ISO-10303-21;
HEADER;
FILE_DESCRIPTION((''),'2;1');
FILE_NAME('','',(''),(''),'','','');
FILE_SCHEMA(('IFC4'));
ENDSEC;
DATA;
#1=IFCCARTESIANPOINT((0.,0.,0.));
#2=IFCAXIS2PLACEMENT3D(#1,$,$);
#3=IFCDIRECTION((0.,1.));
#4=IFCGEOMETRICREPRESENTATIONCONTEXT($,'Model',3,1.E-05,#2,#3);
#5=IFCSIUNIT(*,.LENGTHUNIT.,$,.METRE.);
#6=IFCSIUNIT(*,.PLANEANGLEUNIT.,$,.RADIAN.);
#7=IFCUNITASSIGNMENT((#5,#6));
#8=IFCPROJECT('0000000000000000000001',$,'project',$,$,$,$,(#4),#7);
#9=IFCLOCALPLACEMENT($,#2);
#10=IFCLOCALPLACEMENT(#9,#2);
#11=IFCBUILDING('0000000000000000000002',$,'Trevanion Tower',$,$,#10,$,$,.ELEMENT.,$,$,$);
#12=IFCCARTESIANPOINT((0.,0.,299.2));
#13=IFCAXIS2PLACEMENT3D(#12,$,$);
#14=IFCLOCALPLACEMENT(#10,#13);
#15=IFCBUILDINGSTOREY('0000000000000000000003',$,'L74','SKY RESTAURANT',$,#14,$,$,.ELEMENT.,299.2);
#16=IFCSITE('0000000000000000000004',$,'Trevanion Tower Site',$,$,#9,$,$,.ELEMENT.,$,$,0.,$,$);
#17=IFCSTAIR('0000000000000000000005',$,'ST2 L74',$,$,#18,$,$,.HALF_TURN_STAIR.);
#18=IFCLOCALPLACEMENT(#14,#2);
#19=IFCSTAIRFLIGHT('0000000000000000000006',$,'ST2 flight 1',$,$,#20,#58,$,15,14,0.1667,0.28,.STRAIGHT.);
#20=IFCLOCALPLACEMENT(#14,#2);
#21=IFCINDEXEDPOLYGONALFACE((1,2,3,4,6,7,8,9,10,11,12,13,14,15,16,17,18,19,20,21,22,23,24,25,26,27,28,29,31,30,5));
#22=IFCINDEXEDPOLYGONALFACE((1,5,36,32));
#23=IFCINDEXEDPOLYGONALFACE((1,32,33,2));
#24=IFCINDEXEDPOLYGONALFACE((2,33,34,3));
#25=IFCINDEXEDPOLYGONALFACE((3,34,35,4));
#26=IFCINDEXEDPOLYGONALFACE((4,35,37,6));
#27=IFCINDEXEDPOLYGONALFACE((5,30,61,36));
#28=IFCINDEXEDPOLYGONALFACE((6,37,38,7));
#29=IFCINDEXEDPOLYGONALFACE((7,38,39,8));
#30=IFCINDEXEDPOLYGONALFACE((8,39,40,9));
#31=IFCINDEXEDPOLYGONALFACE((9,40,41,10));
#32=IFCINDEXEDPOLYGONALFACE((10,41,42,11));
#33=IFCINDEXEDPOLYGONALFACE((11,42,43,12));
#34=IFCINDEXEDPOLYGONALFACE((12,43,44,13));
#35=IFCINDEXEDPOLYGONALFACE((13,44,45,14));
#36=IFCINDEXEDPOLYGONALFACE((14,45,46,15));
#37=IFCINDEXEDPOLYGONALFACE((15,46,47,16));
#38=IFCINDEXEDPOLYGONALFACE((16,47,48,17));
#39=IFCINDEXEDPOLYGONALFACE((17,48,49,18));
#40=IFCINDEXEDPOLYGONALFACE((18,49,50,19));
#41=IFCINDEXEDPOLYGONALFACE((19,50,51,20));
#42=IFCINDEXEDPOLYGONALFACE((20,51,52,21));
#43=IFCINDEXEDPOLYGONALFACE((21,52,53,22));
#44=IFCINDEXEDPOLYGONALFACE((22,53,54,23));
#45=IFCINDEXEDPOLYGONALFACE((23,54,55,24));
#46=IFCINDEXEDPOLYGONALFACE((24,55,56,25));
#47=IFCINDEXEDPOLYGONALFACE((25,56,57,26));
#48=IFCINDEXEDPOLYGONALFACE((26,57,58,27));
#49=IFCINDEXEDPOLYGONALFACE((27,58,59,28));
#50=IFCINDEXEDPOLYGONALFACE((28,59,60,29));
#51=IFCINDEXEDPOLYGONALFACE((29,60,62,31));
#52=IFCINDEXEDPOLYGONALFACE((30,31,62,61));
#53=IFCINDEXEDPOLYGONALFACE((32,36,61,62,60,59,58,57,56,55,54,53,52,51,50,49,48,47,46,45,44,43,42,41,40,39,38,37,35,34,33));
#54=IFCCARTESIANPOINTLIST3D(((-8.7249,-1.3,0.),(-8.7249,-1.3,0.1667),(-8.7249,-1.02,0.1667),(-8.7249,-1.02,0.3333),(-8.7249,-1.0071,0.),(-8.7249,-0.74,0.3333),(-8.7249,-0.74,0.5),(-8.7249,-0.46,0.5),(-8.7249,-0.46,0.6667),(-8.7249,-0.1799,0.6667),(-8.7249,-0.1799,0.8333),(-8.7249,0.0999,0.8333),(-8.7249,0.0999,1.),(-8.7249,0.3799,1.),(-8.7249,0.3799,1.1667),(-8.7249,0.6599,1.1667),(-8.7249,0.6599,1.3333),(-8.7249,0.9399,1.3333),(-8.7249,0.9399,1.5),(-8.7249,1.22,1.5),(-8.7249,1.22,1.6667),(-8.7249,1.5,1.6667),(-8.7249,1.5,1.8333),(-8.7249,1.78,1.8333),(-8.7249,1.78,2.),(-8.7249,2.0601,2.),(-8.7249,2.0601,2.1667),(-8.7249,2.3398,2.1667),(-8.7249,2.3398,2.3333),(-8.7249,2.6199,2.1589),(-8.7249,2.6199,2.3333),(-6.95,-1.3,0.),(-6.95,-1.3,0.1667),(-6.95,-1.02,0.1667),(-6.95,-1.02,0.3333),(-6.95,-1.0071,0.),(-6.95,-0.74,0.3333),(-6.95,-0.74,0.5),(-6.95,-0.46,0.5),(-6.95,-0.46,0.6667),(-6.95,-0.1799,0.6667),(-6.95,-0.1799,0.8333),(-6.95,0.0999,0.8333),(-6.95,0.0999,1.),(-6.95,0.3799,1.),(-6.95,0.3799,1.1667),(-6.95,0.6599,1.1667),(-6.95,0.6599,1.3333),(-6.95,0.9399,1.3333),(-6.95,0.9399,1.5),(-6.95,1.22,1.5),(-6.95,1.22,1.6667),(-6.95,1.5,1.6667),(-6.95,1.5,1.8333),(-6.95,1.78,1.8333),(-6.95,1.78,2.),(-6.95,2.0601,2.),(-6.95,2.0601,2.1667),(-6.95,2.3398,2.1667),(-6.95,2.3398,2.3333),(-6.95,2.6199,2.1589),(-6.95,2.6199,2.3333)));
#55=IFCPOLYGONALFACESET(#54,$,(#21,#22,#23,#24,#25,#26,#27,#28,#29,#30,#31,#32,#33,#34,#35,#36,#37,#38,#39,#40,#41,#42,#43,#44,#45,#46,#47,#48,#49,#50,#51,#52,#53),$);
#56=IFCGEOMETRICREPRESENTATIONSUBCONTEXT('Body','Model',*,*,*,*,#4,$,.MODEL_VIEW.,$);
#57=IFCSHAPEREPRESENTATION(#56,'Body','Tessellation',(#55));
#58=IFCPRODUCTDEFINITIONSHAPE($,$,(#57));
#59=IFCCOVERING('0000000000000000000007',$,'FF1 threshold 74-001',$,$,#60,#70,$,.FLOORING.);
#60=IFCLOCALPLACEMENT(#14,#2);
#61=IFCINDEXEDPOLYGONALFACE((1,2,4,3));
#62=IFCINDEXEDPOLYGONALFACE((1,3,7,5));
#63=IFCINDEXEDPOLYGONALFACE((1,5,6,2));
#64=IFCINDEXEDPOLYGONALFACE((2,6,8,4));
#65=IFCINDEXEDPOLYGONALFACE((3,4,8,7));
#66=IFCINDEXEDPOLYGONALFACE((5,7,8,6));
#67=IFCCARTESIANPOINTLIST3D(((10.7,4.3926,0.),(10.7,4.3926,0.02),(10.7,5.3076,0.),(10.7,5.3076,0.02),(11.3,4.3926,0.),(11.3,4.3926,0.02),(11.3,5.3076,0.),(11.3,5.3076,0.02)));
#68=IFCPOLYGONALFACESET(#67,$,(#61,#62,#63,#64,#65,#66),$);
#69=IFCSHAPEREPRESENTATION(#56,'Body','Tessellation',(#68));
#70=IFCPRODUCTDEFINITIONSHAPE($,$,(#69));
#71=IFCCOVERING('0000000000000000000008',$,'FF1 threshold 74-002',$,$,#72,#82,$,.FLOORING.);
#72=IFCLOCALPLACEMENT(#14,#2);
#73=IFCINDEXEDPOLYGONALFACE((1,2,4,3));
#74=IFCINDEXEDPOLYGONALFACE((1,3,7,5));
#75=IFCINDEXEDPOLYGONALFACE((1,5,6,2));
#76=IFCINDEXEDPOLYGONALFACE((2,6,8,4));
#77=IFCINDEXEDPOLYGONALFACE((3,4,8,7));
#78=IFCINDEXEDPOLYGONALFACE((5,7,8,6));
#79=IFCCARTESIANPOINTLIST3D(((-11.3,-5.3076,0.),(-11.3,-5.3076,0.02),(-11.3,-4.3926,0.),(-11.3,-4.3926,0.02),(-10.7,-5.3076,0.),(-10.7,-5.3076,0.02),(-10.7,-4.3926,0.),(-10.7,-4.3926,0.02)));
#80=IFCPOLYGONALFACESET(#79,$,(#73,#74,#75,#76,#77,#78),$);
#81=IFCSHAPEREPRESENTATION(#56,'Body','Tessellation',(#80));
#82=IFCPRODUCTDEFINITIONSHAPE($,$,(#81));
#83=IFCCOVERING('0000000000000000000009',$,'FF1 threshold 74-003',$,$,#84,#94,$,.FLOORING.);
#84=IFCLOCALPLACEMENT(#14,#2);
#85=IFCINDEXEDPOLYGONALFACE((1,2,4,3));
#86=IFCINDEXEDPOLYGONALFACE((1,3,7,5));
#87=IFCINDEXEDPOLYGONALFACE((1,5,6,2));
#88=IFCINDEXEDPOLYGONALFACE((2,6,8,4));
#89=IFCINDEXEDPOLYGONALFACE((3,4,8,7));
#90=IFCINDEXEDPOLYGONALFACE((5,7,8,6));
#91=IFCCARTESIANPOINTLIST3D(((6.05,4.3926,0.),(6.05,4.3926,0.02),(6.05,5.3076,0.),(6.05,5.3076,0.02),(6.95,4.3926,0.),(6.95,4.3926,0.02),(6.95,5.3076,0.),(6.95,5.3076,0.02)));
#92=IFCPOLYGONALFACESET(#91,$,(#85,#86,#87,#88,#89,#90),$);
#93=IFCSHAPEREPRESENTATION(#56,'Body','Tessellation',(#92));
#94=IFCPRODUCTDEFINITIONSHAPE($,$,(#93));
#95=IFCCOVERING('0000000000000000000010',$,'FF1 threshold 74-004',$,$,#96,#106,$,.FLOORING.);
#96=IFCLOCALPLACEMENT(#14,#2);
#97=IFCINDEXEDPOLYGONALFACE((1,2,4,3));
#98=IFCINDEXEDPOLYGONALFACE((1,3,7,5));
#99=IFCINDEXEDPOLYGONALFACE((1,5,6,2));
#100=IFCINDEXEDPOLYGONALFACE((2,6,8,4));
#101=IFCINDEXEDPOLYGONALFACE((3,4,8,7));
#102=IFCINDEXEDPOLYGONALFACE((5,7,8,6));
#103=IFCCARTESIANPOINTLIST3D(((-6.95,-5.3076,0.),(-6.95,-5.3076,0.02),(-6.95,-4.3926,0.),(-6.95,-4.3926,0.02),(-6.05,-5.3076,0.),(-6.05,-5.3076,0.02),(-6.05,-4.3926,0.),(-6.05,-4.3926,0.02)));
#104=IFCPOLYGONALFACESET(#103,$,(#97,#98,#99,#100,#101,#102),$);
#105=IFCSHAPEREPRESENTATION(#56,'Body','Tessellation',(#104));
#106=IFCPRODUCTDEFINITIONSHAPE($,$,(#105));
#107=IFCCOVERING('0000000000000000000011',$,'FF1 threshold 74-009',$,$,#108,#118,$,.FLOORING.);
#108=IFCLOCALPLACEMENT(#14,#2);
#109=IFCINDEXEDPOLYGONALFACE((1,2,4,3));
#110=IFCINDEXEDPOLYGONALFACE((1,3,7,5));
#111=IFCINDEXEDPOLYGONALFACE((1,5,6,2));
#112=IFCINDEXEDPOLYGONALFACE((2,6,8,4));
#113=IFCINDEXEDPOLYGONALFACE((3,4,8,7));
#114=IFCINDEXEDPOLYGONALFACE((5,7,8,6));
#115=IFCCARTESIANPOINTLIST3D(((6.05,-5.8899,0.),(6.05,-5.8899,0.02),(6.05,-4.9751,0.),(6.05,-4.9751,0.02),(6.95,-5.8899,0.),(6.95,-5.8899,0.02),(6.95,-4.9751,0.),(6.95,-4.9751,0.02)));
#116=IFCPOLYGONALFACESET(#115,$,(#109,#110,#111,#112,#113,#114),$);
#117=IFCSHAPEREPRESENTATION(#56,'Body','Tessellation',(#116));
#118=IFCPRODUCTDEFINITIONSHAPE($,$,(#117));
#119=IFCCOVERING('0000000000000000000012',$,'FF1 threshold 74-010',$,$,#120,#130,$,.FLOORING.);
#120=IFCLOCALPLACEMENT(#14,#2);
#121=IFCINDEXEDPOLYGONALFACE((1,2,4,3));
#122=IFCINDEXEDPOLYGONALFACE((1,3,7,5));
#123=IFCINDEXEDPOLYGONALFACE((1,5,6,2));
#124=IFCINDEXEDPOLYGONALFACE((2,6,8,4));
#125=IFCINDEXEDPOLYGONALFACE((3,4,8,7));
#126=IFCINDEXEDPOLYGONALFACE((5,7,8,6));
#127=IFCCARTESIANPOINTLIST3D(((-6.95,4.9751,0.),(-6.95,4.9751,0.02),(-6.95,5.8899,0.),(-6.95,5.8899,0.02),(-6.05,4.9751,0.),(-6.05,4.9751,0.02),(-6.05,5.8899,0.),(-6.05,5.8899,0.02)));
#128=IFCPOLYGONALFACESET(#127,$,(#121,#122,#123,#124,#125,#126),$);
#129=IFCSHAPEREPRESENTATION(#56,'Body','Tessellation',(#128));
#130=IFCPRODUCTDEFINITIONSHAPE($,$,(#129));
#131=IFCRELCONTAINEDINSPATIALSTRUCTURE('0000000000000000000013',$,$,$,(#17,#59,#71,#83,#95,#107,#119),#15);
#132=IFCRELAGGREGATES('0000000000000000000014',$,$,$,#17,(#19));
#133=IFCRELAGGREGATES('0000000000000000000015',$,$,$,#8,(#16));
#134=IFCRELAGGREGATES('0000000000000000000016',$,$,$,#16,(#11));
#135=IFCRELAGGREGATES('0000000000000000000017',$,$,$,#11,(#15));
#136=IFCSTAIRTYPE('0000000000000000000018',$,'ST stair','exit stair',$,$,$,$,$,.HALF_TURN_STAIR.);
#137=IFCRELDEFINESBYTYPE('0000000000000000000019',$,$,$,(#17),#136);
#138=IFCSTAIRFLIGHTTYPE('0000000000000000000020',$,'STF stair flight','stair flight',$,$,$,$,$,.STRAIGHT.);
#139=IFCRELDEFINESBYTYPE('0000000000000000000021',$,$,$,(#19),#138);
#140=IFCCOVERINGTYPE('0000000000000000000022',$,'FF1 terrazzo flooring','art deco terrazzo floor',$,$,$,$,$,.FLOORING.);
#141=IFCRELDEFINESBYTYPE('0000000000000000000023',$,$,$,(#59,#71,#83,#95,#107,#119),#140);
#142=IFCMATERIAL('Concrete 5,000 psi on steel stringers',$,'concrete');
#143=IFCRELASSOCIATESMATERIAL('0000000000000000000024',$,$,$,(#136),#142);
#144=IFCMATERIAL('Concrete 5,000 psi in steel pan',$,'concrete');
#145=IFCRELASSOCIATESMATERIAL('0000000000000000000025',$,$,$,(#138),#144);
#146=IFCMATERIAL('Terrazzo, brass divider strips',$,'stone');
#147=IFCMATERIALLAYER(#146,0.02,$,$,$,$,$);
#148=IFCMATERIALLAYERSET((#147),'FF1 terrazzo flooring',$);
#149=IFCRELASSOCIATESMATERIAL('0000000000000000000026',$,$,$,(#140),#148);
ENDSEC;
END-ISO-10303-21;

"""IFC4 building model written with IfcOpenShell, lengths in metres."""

from ifc_helpers import new_model, si_unit, direction, frame, origin, place, context, subcontext, project, spatial, polyline, outline, extrude, material, layer, layer_set, type_object, element, aggregate, save


model = new_model("IFC4")

# Units and contexts
model_context = context("Model", 3, precision=1e-05, world=origin(), true_north=direction((0.0, 1.0)))
body_context = subcontext(model_context, "Body", "Model", "MODEL_VIEW")
ifc_project = project(units=[si_unit("LENGTHUNIT", "METRE"), si_unit("PLANEANGLEUNIT", "RADIAN")], contexts=[model_context])

# Site, building, storey
site_placement = place(None, origin())
site = spatial("IfcSite", under=ifc_project, at=site_placement, Name="Trevanion Tower Site", CompositionType="ELEMENT", RefElevation=0.0)
building_placement = place(site_placement, origin())
building = spatial("IfcBuilding", under=site, at=building_placement, Name="Trevanion Tower", CompositionType="ELEMENT")
storey_placement = place(building_placement, frame((0.0, 0.0, 299.2)))
storey = spatial("IfcBuildingStorey", under=building, at=storey_placement, Name="L74", Description="SKY RESTAURANT", CompositionType="ELEMENT", Elevation=299.2)

# Stair, stair flight
ifc_material_1 = material(Name="Concrete 5,000 psi on steel stringers", Category="concrete")
stair_type = type_object("IfcStairType", Name="ST stair", Description="exit stair", PredefinedType="HALF_TURN_STAIR", material=ifc_material_1)
stair_placement = place(storey_placement, origin())
stair = element("IfcStair", 1, at=stair_placement, inside=storey, type_object=stair_type, Name="ST2 L74", PredefinedType="HALF_TURN_STAIR")
ifc_material_2 = material(Name="Concrete 5,000 psi in steel pan", Category="concrete")
stair_flight_type = type_object("IfcStairFlightType", Name="STF stair flight", Description="stair flight", PredefinedType="STRAIGHT", material=ifc_material_2)
stair_flight_placement = place(storey_placement, frame((-7.8374, -1.3, 0.0), z_axis=(0.0, 0.0, 1.0), x_axis=(0.0, 1.0, 0.0)))
stair_flight = element("IfcStairFlight", 2, at=stair_flight_placement, type_object=stair_flight_type, Name="ST2 flight 1", NumberOfRisers=15, NumberOfTreads=14, PredefinedType="STRAIGHT", RiserHeight=0.1667, TreadLength=0.28, context=body_context, shape_type="SweptSolid", body=[
    extrude(outline(polyline([(0.0, 0.0), (0.0, 0.1667), (0.28, 0.1667), (0.28, 0.3333), (0.5601, 0.3333), (0.5601, 0.5), (0.8401, 0.5), (0.8401, 0.6667), (1.1201, 0.6667), (1.1201, 0.8333), (1.3999, 0.8333), (1.3999, 1.0), (1.6799, 1.0), (1.6799, 1.1667), (1.96, 1.1667), (1.96, 1.3333), (2.24, 1.3333), (2.24, 1.5), (2.52, 1.5), (2.52, 1.6667), (2.8, 1.6667), (2.8, 1.8333), (3.0801, 1.8333), (3.0801, 2.0), (3.3601, 2.0), (3.3601, 2.1667), (3.6399, 2.1667), (3.6399, 2.3333), (3.9199, 2.3333), (3.9199, 2.5), (3.9199, 2.1589), (0.293, 0.0), (0.0, 0.0)])), frame((0.0, 0.8875, 0.0), z_axis=(0.0, -1.0, 0.0), x_axis=(1.0, 0.0, 0.0)), (0.0, 0.0, 1.0), 1.7749),
])
aggregate(stair, [stair_flight])

# Coverings
ifc_material_3 = material(Name="Terrazzo, brass divider strips", Category="stone")
ifc_layer_1 = layer(ifc_material_3, 0.02)
ifc_layer_set_1 = layer_set([ifc_layer_1], Name="FF1 terrazzo flooring")
covering_type = type_object("IfcCoveringType", Name="FF1 terrazzo flooring", Description="art deco terrazzo floor", PredefinedType="FLOORING", material=ifc_layer_set_1)
covering_1_placement = place(storey_placement, origin())
element("IfcCovering", 3, at=covering_1_placement, inside=storey, type_object=covering_type, Name="FF1 threshold 74-001", PredefinedType="FLOORING", context=body_context, shape_type="SweptSolid", body=[
    extrude(outline(polyline([(11.3, 4.3926), (11.3, 5.3076), (10.7, 5.3076), (10.7, 4.3926), (11.3, 4.3926)])), origin(), (0.0, 0.0, 1.0), 0.02),
])
covering_2_placement = place(storey_placement, origin())
element("IfcCovering", 4, at=covering_2_placement, inside=storey, type_object=covering_type, Name="FF1 threshold 74-002", PredefinedType="FLOORING", context=body_context, shape_type="SweptSolid", body=[
    extrude(outline(polyline([(-11.3, -4.3926), (-11.3, -5.3076), (-10.7, -5.3076), (-10.7, -4.3926), (-11.3, -4.3926)])), origin(), (0.0, 0.0, 1.0), 0.02),
])
covering_3_placement = place(storey_placement, origin())
element("IfcCovering", 5, at=covering_3_placement, inside=storey, type_object=covering_type, Name="FF1 threshold 74-003", PredefinedType="FLOORING", context=body_context, shape_type="SweptSolid", body=[
    extrude(outline(polyline([(6.95, 4.3926), (6.95, 5.3076), (6.05, 5.3076), (6.05, 4.3926), (6.95, 4.3926)])), origin(), (0.0, 0.0, 1.0), 0.02),
])
covering_4_placement = place(storey_placement, origin())
element("IfcCovering", 6, at=covering_4_placement, inside=storey, type_object=covering_type, Name="FF1 threshold 74-004", PredefinedType="FLOORING", context=body_context, shape_type="SweptSolid", body=[
    extrude(outline(polyline([(-6.95, -4.3926), (-6.95, -5.3076), (-6.05, -5.3076), (-6.05, -4.3926), (-6.95, -4.3926)])), origin(), (0.0, 0.0, 1.0), 0.02),
])
covering_5_placement = place(storey_placement, origin())
element("IfcCovering", 7, at=covering_5_placement, inside=storey, type_object=covering_type, Name="FF1 threshold 74-009", PredefinedType="FLOORING", context=body_context, shape_type="SweptSolid", body=[
    extrude(outline(polyline([(6.95, -5.8899), (6.95, -4.9751), (6.05, -4.9751), (6.05, -5.8899), (6.95, -5.8899)])), origin(), (0.0, 0.0, 1.0), 0.02),
])
covering_6_placement = place(storey_placement, origin())
element("IfcCovering", 8, at=covering_6_placement, inside=storey, type_object=covering_type, Name="FF1 threshold 74-010", PredefinedType="FLOORING", context=body_context, shape_type="SweptSolid", body=[
    extrude(outline(polyline([(-6.95, 5.8899), (-6.95, 4.9751), (-6.05, 4.9751), (-6.05, 5.8899), (-6.95, 5.8899)])), origin(), (0.0, 0.0, 1.0), 0.02),
])

save(model, "model.ifc")
